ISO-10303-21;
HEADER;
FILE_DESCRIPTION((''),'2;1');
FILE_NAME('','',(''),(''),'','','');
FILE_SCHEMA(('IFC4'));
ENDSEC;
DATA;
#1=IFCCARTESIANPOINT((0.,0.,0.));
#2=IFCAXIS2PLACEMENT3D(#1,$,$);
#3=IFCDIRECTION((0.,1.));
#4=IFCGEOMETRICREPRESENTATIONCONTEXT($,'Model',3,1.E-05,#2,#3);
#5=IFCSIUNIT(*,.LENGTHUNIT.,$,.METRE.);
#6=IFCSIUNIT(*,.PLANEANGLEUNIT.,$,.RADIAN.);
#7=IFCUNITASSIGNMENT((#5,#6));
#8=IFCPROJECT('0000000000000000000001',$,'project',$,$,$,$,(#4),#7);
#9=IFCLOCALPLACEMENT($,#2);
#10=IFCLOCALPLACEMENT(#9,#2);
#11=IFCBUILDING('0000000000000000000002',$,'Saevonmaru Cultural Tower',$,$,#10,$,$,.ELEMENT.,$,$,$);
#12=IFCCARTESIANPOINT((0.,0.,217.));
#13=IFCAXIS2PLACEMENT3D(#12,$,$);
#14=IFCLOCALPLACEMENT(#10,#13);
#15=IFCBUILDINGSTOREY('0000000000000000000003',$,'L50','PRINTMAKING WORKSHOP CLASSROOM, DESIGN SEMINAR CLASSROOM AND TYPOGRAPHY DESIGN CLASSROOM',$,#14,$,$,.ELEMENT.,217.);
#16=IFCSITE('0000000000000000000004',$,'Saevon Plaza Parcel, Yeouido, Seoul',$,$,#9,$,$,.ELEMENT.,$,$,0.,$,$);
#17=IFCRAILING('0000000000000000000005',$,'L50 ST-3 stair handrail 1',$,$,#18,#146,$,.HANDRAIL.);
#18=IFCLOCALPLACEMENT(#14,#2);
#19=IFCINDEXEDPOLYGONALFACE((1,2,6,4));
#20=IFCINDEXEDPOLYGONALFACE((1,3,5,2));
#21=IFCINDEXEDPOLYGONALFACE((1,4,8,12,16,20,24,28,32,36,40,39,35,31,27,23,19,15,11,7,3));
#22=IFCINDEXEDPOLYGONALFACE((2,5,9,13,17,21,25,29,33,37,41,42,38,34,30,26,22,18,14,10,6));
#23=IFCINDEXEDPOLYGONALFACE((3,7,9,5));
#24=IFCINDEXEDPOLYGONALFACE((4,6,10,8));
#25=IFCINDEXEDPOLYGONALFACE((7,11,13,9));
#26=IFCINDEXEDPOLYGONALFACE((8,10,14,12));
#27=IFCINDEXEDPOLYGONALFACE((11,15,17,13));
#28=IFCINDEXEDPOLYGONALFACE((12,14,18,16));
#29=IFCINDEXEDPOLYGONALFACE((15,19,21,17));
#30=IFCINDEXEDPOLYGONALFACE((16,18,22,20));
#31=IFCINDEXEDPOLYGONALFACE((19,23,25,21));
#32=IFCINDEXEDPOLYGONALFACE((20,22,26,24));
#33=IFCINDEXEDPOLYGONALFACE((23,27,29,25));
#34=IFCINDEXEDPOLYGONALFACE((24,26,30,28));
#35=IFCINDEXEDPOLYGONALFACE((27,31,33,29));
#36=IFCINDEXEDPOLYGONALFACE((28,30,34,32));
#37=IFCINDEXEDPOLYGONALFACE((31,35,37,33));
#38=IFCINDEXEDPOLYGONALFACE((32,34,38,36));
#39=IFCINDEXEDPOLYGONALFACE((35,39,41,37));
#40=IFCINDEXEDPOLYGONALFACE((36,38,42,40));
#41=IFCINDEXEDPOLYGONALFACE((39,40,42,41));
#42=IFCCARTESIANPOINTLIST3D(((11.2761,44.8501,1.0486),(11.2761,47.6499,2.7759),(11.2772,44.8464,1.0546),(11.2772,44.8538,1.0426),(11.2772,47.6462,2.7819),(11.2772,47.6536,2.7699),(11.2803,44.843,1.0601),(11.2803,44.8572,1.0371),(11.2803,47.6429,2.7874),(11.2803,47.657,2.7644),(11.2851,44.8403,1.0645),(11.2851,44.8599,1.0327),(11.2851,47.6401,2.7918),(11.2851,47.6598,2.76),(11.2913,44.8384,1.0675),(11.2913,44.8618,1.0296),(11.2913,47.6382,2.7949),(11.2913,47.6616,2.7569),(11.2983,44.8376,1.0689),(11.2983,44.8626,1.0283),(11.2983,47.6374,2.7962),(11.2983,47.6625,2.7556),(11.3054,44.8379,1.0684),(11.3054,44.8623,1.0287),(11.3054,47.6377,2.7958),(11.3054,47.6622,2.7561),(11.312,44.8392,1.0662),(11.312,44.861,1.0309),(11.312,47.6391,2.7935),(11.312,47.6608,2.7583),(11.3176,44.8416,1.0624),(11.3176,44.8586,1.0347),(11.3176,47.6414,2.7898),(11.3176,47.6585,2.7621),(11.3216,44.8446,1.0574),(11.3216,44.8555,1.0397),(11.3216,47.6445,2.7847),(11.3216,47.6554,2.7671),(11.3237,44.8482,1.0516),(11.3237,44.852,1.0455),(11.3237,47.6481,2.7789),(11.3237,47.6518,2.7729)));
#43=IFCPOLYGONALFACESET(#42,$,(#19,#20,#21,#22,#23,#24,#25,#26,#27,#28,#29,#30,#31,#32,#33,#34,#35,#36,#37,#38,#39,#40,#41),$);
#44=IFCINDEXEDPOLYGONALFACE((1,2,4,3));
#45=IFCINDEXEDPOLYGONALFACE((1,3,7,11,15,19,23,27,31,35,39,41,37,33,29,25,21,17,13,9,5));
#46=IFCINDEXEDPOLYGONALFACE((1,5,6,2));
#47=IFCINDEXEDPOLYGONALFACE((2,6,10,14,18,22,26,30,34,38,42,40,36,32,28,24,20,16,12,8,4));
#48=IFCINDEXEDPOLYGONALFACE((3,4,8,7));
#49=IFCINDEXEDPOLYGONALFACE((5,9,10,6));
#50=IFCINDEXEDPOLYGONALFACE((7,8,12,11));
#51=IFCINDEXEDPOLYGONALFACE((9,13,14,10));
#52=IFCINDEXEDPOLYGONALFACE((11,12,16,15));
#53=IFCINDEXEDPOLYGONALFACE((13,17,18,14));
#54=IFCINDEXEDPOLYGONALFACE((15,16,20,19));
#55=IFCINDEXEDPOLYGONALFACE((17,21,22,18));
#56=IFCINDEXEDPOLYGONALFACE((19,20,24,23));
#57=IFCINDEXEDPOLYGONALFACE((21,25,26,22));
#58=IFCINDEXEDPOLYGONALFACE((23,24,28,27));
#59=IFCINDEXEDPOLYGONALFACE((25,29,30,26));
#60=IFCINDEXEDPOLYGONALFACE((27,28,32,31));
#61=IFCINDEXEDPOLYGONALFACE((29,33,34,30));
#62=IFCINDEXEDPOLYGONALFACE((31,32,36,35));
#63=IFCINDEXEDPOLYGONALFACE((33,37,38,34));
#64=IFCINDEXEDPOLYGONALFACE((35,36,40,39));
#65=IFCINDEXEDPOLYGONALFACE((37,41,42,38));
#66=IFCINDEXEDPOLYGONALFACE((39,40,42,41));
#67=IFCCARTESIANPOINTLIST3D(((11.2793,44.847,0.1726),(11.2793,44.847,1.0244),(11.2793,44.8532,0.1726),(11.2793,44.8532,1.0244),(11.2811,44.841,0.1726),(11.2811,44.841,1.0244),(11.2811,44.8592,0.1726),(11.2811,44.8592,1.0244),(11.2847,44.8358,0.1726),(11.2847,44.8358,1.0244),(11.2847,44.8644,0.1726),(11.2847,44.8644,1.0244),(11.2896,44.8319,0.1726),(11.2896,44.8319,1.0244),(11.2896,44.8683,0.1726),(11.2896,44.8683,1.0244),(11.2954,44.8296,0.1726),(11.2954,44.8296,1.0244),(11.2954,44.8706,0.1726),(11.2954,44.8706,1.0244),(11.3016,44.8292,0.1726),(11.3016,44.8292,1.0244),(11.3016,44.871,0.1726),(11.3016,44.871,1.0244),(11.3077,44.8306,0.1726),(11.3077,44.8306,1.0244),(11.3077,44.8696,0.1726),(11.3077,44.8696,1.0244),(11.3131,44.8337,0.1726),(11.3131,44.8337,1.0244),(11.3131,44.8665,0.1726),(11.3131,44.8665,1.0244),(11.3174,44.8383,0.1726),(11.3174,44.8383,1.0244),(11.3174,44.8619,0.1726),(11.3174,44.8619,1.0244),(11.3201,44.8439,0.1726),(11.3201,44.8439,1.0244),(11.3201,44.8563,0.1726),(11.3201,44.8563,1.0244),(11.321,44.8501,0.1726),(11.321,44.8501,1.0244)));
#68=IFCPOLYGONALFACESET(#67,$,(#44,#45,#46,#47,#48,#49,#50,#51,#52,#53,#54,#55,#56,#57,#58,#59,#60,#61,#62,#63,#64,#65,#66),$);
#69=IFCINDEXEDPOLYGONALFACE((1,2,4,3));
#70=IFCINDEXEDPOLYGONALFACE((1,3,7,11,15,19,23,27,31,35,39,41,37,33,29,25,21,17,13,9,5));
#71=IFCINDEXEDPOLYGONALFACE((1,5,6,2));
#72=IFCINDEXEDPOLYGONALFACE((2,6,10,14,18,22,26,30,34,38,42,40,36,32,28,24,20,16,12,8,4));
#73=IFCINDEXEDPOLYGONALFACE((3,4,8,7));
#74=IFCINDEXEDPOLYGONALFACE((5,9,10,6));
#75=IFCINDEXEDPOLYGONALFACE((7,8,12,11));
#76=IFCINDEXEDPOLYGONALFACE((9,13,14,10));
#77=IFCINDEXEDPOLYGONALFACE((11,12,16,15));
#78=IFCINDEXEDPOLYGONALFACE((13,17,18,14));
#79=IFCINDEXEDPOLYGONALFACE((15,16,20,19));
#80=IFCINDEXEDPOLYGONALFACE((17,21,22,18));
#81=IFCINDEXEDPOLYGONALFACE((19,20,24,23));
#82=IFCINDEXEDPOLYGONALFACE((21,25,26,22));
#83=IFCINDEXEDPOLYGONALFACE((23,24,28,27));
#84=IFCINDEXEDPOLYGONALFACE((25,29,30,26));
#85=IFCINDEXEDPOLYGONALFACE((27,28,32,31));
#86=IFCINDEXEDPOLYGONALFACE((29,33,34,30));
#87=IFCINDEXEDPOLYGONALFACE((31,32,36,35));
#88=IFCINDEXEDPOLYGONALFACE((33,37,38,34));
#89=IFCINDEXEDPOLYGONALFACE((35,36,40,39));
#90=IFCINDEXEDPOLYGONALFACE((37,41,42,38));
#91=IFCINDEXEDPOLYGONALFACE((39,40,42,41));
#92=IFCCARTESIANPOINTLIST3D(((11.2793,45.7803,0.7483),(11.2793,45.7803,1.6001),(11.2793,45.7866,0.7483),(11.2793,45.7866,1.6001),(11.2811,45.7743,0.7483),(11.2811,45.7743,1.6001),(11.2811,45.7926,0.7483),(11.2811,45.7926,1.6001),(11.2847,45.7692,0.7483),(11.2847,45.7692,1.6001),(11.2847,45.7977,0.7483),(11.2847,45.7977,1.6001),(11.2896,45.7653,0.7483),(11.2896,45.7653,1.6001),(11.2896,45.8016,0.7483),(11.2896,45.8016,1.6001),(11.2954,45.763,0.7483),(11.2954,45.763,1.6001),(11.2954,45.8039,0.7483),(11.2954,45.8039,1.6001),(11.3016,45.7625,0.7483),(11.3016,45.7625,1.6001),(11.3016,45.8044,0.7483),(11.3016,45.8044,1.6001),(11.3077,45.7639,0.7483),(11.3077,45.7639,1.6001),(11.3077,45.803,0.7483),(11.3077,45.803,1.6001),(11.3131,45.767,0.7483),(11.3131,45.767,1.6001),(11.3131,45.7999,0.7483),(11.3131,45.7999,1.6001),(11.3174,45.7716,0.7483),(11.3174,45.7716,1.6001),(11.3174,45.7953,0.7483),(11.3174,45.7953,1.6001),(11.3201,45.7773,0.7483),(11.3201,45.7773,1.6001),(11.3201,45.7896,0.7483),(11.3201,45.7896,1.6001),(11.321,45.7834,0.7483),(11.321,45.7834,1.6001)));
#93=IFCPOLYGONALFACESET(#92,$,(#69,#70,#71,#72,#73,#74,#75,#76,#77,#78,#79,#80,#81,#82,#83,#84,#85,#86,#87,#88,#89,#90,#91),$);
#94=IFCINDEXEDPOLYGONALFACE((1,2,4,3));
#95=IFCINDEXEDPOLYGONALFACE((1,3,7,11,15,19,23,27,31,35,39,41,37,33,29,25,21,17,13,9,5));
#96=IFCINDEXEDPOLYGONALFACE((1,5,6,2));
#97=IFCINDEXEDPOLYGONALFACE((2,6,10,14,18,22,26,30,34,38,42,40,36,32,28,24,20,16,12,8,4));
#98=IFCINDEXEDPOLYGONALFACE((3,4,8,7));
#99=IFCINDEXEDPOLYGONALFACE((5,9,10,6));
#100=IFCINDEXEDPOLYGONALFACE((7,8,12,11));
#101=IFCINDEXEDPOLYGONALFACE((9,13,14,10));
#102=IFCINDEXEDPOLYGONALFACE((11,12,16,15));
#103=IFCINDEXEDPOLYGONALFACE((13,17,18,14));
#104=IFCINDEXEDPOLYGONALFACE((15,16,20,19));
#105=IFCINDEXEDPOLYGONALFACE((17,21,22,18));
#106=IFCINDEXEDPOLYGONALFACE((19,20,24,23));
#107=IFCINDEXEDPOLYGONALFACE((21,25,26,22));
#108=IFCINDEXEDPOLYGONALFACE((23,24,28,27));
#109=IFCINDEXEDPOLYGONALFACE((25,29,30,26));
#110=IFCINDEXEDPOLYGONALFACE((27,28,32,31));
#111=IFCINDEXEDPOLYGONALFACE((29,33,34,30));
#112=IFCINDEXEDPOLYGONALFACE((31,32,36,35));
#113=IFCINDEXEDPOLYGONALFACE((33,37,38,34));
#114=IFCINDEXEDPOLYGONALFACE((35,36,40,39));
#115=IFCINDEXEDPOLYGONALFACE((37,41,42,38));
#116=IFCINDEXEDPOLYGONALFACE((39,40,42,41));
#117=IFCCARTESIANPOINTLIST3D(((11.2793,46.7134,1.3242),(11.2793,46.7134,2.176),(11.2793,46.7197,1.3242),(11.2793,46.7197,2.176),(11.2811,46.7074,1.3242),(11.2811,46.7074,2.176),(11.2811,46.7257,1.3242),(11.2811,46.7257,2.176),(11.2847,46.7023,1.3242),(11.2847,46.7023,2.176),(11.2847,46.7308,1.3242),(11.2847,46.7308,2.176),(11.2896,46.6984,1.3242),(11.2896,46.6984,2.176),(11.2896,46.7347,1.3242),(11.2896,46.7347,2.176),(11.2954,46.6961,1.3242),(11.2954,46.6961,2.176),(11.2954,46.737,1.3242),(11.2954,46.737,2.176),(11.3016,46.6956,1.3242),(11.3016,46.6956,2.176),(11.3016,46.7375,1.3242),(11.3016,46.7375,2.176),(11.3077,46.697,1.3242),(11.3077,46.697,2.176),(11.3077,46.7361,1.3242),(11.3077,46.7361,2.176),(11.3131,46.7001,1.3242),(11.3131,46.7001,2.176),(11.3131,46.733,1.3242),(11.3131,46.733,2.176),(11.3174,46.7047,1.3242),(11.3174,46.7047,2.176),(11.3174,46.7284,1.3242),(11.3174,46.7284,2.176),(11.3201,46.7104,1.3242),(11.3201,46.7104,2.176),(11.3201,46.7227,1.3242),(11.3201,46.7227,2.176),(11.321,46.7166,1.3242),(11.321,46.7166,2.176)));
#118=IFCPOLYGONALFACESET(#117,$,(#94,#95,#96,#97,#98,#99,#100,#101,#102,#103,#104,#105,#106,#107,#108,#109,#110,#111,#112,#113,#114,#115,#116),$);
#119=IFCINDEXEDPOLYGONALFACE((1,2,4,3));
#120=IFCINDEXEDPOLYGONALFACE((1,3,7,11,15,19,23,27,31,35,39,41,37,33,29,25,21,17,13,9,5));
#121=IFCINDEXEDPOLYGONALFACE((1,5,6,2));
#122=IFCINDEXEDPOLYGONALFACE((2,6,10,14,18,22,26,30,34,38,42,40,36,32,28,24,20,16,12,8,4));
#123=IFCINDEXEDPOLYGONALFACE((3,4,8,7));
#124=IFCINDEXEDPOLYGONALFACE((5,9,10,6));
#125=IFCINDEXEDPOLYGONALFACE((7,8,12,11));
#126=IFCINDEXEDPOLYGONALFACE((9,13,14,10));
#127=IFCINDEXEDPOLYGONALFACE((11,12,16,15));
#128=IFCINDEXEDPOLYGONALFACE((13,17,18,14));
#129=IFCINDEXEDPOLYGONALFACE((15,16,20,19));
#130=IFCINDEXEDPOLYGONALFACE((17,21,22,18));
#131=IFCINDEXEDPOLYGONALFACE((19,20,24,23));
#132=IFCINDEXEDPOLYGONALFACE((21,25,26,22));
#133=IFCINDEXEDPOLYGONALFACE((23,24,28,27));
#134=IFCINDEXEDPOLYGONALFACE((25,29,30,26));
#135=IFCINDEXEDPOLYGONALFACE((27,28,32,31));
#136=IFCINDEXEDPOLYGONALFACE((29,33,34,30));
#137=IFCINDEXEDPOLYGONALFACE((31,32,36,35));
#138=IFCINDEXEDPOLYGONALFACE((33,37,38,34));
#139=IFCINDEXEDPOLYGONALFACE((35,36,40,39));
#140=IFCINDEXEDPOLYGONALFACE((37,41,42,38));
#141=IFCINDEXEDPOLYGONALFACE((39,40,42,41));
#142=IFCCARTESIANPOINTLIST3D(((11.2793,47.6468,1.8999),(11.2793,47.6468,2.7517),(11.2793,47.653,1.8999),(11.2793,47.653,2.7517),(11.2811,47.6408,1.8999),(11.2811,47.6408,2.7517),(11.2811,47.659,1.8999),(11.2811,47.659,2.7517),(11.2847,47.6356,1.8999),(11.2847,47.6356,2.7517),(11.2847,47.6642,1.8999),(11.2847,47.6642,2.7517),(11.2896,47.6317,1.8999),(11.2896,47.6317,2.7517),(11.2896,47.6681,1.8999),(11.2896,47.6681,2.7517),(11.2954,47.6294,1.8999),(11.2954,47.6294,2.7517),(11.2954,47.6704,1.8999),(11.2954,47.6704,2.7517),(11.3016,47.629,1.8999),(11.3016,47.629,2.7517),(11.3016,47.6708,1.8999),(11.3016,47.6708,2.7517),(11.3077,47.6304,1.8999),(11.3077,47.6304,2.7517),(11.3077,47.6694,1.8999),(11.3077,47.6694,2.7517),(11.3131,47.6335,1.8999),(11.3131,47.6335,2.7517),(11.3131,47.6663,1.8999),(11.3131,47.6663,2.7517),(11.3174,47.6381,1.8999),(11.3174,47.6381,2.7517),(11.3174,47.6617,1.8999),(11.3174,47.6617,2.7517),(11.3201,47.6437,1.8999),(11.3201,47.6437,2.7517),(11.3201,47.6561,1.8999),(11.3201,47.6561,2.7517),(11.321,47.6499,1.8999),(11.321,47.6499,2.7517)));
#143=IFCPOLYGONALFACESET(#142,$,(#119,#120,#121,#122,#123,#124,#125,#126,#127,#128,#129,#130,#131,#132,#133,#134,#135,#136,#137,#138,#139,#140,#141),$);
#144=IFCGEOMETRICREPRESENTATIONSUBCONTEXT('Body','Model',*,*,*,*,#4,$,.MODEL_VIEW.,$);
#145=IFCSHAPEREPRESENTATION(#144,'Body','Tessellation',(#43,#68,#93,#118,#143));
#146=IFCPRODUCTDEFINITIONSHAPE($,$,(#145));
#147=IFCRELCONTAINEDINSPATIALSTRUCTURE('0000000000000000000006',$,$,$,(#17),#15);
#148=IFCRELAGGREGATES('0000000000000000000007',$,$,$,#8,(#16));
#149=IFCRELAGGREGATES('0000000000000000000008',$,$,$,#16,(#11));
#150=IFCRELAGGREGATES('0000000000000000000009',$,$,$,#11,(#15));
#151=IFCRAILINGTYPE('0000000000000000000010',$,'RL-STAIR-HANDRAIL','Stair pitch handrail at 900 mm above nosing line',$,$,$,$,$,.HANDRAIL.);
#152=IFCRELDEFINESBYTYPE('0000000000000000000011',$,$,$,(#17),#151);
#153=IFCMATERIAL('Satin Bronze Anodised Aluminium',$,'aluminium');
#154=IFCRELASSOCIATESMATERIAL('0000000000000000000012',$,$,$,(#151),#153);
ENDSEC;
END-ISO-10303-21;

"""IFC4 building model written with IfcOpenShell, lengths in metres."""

from ifc_helpers import new_model, si_unit, direction, frame, origin, origin_2d, place, context, subcontext, project, spatial, circle, extrude, material, type_object, element, save


model = new_model("IFC4")

# Units and contexts
model_context = context("Model", 3, precision=1e-05, world=origin(), true_north=direction((0.0, 1.0)))
body_context = subcontext(model_context, "Body", "Model", "MODEL_VIEW")
ifc_project = project(units=[si_unit("LENGTHUNIT", "METRE"), si_unit("PLANEANGLEUNIT", "RADIAN")], contexts=[model_context])

# Site, building, storey
site_placement = place(None, origin())
site = spatial("IfcSite", under=ifc_project, at=site_placement, Name="Saevon Plaza Parcel, Yeouido, Seoul", CompositionType="ELEMENT", RefElevation=0.0)
building_placement = place(site_placement, origin())
building = spatial("IfcBuilding", under=site, at=building_placement, Name="Saevonmaru Cultural Tower", CompositionType="ELEMENT")
storey_placement = place(building_placement, frame((0.0, 0.0, 217.0)))
storey = spatial("IfcBuildingStorey", under=building, at=storey_placement, Name="L50", Description="PRINTMAKING WORKSHOP CLASSROOM, DESIGN SEMINAR CLASSROOM AND TYPOGRAPHY DESIGN CLASSROOM", CompositionType="ELEMENT", Elevation=217.0)

# Shared definitions
ifc_material_1 = material(Name="Satin Bronze Anodised Aluminium", Category="aluminium")

# Railing
railing_type_1 = type_object("IfcRailingType", Name="RL-STAIR-HANDRAIL", Description="Stair pitch handrail at 900 mm above nosing line", PredefinedType="HANDRAIL", material=ifc_material_1)
railing_1_placement = place(storey_placement, frame((11.3, 44.8501, 0.1726)))
element("IfcRailing", 1, at=railing_1_placement, inside=storey, type_object=railing_type_1, Name="L50 ST-3 stair handrail 1", PredefinedType="HANDRAIL", context=body_context, shape_type="SweptSolid", body=[
    extrude(circle(Radius=0.0239, at=origin_2d()), frame((0.0, 0.0, 0.876), z_axis=(0.0, 0.851069, 0.525054), x_axis=(-1.0, 0.0, 0.0)), (0.0, 0.0, 1.0), 3.2898),
    extrude(circle(Radius=0.021, at=origin_2d()), origin(), (0.0, 0.0, 1.0), 0.8518),
    extrude(circle(Radius=0.021, at=origin_2d()), frame((0.0, 0.9333, 0.5757)), (0.0, 0.0, 1.0), 0.8518),
    extrude(circle(Radius=0.021, at=origin_2d()), frame((0.0, 1.8665, 1.1516)), (0.0, 0.0, 1.0), 0.8518),
    extrude(circle(Radius=0.021, at=origin_2d()), frame((0.0, 2.7998, 1.7273)), (0.0, 0.0, 1.0), 0.8518),
])

save(model, "model.ifc")
